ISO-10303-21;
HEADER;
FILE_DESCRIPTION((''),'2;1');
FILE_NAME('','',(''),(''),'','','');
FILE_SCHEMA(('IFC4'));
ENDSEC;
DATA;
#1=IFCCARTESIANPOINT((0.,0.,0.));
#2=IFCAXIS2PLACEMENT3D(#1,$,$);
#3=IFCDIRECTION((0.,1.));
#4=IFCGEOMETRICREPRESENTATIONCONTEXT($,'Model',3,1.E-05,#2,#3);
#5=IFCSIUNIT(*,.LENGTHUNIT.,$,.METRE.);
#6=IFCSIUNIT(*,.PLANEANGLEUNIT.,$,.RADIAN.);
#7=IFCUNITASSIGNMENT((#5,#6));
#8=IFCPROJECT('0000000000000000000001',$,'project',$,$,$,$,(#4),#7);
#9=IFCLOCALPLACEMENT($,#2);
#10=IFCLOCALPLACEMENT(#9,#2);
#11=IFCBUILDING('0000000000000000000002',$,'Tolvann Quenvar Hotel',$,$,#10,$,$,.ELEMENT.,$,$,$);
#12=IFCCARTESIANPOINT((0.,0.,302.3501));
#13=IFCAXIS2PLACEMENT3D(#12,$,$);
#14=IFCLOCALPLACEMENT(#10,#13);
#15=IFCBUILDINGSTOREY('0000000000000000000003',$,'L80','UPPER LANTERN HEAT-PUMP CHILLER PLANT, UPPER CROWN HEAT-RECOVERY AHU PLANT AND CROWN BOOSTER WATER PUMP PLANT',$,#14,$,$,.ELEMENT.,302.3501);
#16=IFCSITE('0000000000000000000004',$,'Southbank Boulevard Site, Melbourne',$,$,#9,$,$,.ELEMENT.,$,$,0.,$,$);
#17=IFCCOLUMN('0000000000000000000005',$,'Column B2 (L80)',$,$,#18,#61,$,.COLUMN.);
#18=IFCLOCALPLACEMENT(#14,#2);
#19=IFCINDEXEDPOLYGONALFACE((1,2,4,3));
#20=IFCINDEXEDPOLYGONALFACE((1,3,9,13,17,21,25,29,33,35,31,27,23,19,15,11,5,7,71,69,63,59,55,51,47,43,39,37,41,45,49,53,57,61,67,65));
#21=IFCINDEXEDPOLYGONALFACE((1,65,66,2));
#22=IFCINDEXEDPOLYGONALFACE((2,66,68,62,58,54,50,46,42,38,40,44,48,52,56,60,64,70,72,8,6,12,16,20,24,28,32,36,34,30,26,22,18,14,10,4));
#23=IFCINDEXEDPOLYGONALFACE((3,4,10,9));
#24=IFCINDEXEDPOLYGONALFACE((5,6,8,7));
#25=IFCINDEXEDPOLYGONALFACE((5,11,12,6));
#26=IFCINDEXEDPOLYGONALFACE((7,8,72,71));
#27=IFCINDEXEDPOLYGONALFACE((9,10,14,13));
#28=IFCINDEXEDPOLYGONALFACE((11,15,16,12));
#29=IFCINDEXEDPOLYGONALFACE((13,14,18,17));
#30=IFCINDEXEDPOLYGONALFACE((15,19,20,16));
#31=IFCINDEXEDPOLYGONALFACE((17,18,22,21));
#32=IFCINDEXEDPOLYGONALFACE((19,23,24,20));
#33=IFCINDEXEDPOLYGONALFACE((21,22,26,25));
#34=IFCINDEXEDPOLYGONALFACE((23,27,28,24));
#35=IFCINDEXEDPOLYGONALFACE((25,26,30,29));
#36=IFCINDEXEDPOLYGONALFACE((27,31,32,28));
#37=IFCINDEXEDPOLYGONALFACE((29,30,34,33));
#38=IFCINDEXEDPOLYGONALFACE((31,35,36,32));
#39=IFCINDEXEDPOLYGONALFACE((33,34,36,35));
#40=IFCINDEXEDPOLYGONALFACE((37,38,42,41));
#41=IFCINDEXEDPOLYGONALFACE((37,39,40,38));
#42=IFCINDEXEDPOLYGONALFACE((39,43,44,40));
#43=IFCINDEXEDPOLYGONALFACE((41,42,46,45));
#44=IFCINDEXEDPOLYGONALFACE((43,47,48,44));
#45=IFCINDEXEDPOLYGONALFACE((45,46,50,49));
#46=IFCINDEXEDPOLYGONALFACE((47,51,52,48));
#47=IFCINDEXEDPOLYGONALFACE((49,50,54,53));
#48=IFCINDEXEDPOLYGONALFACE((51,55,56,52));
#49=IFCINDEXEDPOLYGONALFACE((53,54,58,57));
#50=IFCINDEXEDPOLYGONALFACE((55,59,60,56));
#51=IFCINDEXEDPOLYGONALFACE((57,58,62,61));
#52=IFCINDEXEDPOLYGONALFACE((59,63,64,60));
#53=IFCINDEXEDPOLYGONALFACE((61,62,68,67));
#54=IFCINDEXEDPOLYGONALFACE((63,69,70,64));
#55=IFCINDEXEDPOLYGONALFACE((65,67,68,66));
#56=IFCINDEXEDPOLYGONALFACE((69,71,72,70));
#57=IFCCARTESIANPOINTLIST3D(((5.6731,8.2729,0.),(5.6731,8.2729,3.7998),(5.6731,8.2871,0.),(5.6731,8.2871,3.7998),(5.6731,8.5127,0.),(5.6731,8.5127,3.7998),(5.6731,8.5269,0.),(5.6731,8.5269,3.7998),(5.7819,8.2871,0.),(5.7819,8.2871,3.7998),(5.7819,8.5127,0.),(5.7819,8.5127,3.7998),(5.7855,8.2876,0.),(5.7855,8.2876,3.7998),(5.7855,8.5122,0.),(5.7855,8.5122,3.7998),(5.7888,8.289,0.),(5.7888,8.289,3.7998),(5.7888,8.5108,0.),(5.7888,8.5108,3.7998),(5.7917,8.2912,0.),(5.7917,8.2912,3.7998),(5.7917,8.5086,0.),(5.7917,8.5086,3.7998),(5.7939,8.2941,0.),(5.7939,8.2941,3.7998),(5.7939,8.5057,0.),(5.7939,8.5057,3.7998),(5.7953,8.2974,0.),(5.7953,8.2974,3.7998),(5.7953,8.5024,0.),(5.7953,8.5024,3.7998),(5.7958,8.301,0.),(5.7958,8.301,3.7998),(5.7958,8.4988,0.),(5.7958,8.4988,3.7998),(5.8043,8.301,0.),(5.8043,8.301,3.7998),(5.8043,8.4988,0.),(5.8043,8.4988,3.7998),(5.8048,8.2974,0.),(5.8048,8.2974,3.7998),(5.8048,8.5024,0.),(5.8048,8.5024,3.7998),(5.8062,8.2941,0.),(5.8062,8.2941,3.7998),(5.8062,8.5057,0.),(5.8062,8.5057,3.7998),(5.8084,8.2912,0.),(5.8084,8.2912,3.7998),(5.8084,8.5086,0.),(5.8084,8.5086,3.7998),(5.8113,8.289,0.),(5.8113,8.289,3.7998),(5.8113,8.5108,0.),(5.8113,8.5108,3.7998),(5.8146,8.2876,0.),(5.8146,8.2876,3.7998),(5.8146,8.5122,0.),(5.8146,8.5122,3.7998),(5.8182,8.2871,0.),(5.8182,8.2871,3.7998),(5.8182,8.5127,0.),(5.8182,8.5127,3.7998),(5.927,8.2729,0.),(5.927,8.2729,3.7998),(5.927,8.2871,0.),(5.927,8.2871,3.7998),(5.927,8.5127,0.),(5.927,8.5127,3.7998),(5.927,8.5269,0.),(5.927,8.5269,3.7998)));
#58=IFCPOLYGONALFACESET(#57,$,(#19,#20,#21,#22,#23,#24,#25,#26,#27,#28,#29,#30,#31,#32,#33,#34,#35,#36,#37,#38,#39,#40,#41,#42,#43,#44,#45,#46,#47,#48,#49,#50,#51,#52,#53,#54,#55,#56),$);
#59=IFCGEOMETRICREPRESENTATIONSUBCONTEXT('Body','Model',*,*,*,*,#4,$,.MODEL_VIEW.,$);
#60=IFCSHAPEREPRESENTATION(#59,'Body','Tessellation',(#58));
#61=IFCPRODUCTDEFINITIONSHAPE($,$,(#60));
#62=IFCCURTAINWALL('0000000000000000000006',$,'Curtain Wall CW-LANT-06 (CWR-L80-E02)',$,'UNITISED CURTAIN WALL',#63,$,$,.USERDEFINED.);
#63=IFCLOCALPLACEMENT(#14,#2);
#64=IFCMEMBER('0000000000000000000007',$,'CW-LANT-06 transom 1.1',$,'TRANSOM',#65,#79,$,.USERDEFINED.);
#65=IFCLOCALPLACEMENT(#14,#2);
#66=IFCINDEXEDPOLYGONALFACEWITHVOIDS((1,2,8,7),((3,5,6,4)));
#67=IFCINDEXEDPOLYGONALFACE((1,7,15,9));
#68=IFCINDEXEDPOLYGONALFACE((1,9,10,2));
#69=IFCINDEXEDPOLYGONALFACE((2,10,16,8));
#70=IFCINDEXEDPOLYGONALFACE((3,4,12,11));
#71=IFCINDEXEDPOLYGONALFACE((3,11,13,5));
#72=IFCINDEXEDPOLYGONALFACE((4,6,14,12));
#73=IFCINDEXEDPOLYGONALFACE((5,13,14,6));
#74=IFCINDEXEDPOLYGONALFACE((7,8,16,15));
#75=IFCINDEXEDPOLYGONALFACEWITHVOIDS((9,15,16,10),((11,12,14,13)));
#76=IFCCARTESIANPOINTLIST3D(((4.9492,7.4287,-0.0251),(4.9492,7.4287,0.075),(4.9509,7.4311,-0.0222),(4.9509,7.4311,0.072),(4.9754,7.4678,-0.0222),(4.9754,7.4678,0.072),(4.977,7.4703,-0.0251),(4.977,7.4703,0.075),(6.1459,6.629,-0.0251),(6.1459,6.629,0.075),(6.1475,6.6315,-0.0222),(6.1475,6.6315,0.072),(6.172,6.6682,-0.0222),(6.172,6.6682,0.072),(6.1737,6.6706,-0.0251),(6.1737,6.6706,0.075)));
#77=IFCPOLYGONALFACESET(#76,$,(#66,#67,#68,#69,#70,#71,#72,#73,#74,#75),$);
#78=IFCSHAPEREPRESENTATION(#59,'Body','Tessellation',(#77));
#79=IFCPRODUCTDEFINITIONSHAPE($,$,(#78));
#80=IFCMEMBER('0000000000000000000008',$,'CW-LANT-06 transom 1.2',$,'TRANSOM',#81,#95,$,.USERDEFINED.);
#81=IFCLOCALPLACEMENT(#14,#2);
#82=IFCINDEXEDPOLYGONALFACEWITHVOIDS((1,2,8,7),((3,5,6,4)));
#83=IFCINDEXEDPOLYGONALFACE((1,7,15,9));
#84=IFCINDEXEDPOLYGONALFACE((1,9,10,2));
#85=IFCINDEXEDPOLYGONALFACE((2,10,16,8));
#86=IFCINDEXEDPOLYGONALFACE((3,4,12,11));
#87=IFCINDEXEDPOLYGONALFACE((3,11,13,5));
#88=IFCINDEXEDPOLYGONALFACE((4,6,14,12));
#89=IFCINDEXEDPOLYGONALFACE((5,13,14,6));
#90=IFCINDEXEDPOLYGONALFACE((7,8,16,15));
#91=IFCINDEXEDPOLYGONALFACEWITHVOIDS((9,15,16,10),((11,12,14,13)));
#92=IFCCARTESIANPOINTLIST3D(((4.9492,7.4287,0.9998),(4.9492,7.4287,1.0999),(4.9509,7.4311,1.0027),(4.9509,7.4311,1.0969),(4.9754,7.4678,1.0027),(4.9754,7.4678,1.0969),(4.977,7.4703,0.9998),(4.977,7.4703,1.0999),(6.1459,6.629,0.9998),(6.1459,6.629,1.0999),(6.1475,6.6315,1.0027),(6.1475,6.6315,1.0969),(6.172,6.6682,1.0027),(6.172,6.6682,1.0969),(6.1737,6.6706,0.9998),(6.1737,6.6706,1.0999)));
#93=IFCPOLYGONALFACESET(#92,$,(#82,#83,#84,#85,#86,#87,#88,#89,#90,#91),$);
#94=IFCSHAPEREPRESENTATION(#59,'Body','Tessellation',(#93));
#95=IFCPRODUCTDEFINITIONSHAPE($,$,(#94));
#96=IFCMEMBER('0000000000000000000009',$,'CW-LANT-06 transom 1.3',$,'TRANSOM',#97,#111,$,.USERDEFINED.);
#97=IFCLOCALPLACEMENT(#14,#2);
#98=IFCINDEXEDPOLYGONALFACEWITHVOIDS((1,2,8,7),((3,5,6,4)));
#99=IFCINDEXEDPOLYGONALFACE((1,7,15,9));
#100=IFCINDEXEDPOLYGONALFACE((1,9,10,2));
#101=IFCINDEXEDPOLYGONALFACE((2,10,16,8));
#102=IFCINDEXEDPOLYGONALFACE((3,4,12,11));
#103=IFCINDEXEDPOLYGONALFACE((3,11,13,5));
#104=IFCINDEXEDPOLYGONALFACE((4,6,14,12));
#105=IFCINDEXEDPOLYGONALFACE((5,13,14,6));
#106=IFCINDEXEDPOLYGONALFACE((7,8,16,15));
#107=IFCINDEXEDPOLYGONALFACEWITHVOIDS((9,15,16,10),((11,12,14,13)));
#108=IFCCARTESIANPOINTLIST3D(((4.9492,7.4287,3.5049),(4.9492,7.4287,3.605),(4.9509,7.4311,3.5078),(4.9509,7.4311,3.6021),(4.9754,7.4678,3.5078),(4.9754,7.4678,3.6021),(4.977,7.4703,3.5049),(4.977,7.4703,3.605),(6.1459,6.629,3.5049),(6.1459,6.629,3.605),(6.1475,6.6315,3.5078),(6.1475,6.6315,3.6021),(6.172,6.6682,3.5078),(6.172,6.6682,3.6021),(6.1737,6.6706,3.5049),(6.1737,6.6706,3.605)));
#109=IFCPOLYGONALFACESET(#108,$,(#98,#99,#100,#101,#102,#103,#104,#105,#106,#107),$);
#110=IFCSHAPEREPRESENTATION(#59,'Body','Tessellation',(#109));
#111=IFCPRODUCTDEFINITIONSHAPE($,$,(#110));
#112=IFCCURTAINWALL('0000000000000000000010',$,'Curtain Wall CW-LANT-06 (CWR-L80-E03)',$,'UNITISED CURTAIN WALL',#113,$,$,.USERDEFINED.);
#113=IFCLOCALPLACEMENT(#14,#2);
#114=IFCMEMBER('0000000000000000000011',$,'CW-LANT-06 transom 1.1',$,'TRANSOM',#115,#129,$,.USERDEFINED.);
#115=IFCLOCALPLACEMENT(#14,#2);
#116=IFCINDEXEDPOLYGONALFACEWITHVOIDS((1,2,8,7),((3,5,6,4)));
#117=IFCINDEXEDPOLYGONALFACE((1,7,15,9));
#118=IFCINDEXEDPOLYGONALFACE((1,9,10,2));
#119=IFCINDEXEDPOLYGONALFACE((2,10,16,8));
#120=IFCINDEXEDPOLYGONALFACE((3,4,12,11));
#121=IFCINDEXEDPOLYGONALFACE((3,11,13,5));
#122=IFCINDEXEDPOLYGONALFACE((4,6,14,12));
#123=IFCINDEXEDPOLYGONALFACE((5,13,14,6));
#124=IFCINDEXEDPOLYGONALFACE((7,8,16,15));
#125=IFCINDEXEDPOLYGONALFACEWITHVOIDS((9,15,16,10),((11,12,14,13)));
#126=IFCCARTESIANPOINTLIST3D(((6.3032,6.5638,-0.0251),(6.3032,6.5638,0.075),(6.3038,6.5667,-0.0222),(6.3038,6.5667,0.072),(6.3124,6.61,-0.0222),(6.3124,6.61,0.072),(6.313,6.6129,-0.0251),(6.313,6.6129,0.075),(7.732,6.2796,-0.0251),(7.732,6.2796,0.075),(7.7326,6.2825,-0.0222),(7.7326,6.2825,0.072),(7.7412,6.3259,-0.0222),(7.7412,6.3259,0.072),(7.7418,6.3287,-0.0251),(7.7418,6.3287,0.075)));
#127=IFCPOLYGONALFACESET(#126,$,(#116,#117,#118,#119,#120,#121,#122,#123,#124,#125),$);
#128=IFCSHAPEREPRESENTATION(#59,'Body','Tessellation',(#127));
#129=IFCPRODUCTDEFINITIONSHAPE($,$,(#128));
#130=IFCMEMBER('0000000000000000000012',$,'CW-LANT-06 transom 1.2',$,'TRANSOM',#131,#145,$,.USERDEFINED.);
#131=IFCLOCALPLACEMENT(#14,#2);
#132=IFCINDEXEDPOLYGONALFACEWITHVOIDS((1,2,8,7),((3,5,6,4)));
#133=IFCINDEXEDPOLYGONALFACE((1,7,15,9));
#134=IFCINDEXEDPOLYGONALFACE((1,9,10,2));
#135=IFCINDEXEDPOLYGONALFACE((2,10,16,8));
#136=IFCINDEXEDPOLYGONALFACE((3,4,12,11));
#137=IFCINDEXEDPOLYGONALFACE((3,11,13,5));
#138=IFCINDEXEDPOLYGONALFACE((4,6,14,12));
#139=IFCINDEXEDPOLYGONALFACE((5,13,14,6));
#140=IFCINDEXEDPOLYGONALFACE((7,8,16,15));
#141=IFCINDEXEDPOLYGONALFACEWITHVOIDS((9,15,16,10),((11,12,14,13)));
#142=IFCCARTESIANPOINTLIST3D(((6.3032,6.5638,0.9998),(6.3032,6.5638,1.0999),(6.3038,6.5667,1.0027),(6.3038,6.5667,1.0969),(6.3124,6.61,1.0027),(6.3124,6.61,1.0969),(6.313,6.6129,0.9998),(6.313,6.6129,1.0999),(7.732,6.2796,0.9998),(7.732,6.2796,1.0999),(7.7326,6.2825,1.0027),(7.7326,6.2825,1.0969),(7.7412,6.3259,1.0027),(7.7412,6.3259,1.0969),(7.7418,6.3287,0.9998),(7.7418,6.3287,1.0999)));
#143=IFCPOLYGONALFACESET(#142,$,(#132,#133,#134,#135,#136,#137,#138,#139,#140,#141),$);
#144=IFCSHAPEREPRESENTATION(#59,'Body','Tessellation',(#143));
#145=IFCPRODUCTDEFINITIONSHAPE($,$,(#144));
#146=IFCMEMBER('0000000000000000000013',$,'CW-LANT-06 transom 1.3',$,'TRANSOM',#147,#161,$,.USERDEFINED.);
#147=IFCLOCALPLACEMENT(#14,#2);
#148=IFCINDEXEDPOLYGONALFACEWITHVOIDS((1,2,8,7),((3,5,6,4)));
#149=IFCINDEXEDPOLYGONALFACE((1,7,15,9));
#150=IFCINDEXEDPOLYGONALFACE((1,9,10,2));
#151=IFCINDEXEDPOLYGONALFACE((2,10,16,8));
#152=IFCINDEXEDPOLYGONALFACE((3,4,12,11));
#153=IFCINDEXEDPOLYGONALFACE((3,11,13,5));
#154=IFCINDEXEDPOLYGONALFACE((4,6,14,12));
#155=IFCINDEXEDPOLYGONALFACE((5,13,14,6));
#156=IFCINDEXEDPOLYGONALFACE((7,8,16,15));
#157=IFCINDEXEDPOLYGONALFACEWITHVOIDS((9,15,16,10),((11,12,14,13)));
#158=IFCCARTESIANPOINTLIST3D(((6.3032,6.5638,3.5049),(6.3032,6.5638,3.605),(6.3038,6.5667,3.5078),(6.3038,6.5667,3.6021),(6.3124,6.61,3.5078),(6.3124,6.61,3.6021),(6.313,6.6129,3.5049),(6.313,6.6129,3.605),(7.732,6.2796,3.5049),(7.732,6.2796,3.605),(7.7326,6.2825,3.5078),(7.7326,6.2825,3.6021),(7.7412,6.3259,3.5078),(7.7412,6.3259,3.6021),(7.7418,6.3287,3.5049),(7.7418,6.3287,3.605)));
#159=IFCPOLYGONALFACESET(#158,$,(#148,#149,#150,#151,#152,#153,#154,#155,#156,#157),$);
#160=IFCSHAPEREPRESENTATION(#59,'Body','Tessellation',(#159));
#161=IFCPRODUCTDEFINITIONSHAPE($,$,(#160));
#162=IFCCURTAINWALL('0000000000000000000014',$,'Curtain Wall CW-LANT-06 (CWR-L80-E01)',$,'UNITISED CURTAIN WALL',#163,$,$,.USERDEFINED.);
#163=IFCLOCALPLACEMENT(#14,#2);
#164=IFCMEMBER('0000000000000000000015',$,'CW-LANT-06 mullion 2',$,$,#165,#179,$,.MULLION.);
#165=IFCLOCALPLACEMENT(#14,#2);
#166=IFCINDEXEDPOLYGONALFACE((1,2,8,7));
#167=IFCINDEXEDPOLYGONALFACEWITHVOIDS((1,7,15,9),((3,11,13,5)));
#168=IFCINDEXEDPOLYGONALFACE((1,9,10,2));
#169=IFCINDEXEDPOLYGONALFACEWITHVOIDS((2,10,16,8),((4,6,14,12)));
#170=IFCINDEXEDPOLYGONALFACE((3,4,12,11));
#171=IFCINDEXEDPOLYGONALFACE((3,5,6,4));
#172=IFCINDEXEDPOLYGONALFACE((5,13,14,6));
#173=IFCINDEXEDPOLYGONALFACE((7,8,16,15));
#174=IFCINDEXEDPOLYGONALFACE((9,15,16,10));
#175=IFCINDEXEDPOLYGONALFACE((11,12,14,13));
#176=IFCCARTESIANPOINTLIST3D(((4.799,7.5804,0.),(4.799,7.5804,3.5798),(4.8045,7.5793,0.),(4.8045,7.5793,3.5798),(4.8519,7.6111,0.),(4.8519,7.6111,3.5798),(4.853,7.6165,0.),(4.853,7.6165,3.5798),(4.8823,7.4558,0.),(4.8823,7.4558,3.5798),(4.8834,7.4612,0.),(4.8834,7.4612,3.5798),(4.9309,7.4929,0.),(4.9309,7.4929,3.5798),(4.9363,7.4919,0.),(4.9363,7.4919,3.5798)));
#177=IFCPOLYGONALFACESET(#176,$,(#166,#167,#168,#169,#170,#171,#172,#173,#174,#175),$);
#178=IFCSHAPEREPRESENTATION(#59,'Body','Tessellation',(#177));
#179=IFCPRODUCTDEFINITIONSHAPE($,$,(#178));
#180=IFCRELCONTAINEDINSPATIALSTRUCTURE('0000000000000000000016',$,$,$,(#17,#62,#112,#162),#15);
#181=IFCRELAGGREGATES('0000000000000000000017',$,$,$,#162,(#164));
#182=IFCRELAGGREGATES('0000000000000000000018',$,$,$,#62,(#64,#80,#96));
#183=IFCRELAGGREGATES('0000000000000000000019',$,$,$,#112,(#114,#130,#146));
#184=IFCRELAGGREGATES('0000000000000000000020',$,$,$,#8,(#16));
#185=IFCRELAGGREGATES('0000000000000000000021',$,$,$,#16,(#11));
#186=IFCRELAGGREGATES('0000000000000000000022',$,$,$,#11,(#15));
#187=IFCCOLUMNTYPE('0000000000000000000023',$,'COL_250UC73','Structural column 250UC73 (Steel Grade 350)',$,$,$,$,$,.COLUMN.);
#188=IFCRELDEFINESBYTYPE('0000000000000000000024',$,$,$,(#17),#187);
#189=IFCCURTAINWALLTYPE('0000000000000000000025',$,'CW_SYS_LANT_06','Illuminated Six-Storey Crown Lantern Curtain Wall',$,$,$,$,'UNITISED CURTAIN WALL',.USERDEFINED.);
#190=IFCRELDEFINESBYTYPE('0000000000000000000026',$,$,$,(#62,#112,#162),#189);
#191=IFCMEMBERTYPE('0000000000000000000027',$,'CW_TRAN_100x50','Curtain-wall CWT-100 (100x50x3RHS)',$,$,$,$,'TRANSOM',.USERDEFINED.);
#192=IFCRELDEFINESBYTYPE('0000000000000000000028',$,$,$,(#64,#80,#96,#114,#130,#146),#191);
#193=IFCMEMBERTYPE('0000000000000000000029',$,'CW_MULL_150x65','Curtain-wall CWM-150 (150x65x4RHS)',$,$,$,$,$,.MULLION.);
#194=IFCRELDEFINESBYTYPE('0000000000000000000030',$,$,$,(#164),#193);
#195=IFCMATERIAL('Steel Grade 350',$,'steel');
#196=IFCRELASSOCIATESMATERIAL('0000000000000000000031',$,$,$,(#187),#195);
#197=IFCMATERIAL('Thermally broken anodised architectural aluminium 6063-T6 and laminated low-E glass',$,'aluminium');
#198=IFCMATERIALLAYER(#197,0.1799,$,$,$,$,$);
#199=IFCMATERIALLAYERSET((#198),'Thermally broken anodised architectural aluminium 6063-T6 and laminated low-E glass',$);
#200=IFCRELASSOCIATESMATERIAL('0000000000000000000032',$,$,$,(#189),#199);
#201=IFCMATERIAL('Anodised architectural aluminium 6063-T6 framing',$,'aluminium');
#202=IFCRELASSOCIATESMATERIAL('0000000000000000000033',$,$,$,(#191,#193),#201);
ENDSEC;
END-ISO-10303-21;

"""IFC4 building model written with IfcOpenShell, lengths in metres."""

from ifc_helpers import new_model, si_unit, direction, frame, origin, origin_2d, place, context, subcontext, project, spatial, hollow_rectangle, i_section, extrude, source, transform, mapped, material, layer, layer_set, material_profile, profile_set, type_object, type_shapes, element, aggregate, save


model = new_model("IFC4")

# Units and contexts
model_context = context("Model", 3, precision=1e-05, world=origin(), true_north=direction((0.0, 1.0)))
body_context = subcontext(model_context, "Body", "Model", "MODEL_VIEW")
ifc_project = project(units=[si_unit("LENGTHUNIT", "METRE"), si_unit("PLANEANGLEUNIT", "RADIAN")], contexts=[model_context])

# Site, building, storey
site_placement = place(None, origin())
site = spatial("IfcSite", under=ifc_project, at=site_placement, Name="Southbank Boulevard Site, Melbourne", CompositionType="ELEMENT", RefElevation=0.0)
building_placement = place(site_placement, origin())
building = spatial("IfcBuilding", under=site, at=building_placement, Name="Tolvann Quenvar Hotel", CompositionType="ELEMENT")
storey_placement = place(building_placement, frame((0.0, 0.0, 302.3501)))
storey = spatial("IfcBuildingStorey", under=building, at=storey_placement, Name="L80", Description="UPPER LANTERN HEAT-PUMP CHILLER PLANT, UPPER CROWN HEAT-RECOVERY AHU PLANT AND CROWN BOOSTER WATER PUMP PLANT", CompositionType="ELEMENT", Elevation=302.3501)

# Column
ifc_material_1 = material(Name="Steel Grade 350", Category="steel")
ifc_material_profile_1 = material_profile(ifc_material_1, i_section(OverallWidth=0.2539, OverallDepth=0.2539, WebThickness=0.0085, FlangeThickness=0.0142, FilletRadius=0.0139, at=origin_2d()), Name="250UC73")
ifc_profile_set_1 = profile_set([ifc_material_profile_1], Name="Steel Grade 350")
column_type = type_object("IfcColumnType", Name="COL_250UC73", Description="Structural column 250UC73 (Steel Grade 350)", PredefinedType="COLUMN", material=ifc_profile_set_1)
shared_shape_1 = source(origin(), body_context, "Body", "SweptSolid", [
    extrude(i_section(OverallWidth=0.2539, OverallDepth=0.2539, WebThickness=0.0085, FlangeThickness=0.0142, FilletRadius=0.0139, at=origin_2d()), origin(), (0.0, 0.0, 1.0), 3.7998),
])
type_shapes(column_type, [shared_shape_1])
column_placement = place(storey_placement, frame((5.8, 8.3999, 0.0), z_axis=(0.0, 0.0, 1.0), x_axis=(1.0, 0.0, 0.0)))
element("IfcColumn", 1, at=column_placement, inside=storey, type_object=column_type, Name="Column B2 (L80)", PredefinedType="COLUMN", context=body_context, shape_type="MappedRepresentation", body=[
    mapped(shared_shape_1, transform((0.0, 0.0, 0.0), x_axis=(1.0, 0.0, 0.0), y_axis=(0.0, 1.0, 0.0), z_axis=(0.0, 0.0, 1.0), scale=1.0)),
])

# Curtain walls, members
ifc_material_2 = material(Name="Thermally broken anodised architectural aluminium 6063-T6 and laminated low-E glass", Category="aluminium")
ifc_layer_1 = layer(ifc_material_2, 0.1799)
ifc_layer_set_1 = layer_set([ifc_layer_1], Name="Thermally broken anodised architectural aluminium 6063-T6 and laminated low-E glass")
curtain_wall_type = type_object("IfcCurtainWallType", Name="CW_SYS_LANT_06", Description="Illuminated Six-Storey Crown Lantern Curtain Wall", ElementType="UNITISED CURTAIN WALL", PredefinedType="USERDEFINED", material=ifc_layer_set_1)
curtain_wall_1_placement = place(storey_placement, origin())
curtain_wall_1 = element("IfcCurtainWall", 2, at=curtain_wall_1_placement, inside=storey, type_object=curtain_wall_type, Name="Curtain Wall CW-LANT-06 (CWR-L80-E02)", ObjectType="UNITISED CURTAIN WALL", PredefinedType="USERDEFINED")
ifc_material_3 = material(Name="Anodised architectural aluminium 6063-T6 framing", Category="aluminium")
ifc_material_profile_2 = material_profile(ifc_material_3, hollow_rectangle(XDim=0.05, YDim=0.1001, WallThickness=0.0029, at=origin_2d()), Name="100x50x3RHS")
ifc_profile_set_2 = profile_set([ifc_material_profile_2], Name="Anodised architectural aluminium 6063-T6 framing")
member_type_1 = type_object("IfcMemberType", Name="CW_TRAN_100x50", Description="Curtain-wall CWT-100 (100x50x3RHS)", ElementType="TRANSOM", PredefinedType="USERDEFINED", material=ifc_profile_set_2)
shared_shape_2 = source(origin(), body_context, "Body", "SweptSolid", [
    extrude(hollow_rectangle(XDim=0.05, YDim=0.1001, WallThickness=0.0029, at=origin_2d()), origin(), (0.0, 0.0, 1.0), 1.4392),
])
member_1_placement = place(storey_placement, frame((4.9631, 7.4495, 0.0249), z_axis=(0.83145, -0.5556, 0.0), x_axis=(0.5556, 0.83145, 0.0)))
member_1 = element("IfcMember", 3, at=member_1_placement, type_object=member_type_1, Name="CW-LANT-06 transom 1.1", ObjectType="TRANSOM", PredefinedType="USERDEFINED", context=body_context, shape_type="MappedRepresentation", body=[
    mapped(shared_shape_2, transform((0.0, 0.0, 0.0), x_axis=(1.0, 0.0, 0.0), y_axis=(0.0, 1.0, 0.0), z_axis=(0.0, 0.0, 1.0), scale=1.0)),
])
member_2_placement = place(storey_placement, frame((4.9631, 7.4495, 1.0498), z_axis=(0.83145, -0.5556, 0.0), x_axis=(0.5556, 0.83145, 0.0)))
member_2 = element("IfcMember", 4, at=member_2_placement, type_object=member_type_1, Name="CW-LANT-06 transom 1.2", ObjectType="TRANSOM", PredefinedType="USERDEFINED", context=body_context, shape_type="MappedRepresentation", body=[
    mapped(shared_shape_2, transform((0.0, 0.0, 0.0), x_axis=(1.0, 0.0, 0.0), y_axis=(0.0, 1.0, 0.0), z_axis=(0.0, 0.0, 1.0), scale=1.0)),
])
member_3_placement = place(storey_placement, frame((4.9631, 7.4495, 3.5549), z_axis=(0.83145, -0.5556, 0.0), x_axis=(0.5556, 0.83145, 0.0)))
member_3 = element("IfcMember", 5, at=member_3_placement, type_object=member_type_1, Name="CW-LANT-06 transom 1.3", ObjectType="TRANSOM", PredefinedType="USERDEFINED", context=body_context, shape_type="MappedRepresentation", body=[
    mapped(shared_shape_2, transform((0.0, 0.0, 0.0), x_axis=(1.0, 0.0, 0.0), y_axis=(0.0, 1.0, 0.0), z_axis=(0.0, 0.0, 1.0), scale=1.0)),
])
curtain_wall_2_placement = place(storey_placement, origin())
curtain_wall_2 = element("IfcCurtainWall", 6, at=curtain_wall_2_placement, inside=storey, type_object=curtain_wall_type, Name="Curtain Wall CW-LANT-06 (CWR-L80-E03)", ObjectType="UNITISED CURTAIN WALL", PredefinedType="USERDEFINED")
shared_shape_3 = source(origin(), body_context, "Body", "SweptSolid", [
    extrude(hollow_rectangle(XDim=0.05, YDim=0.1001, WallThickness=0.0029, at=origin_2d()), origin(), (0.0, 0.0, 1.0), 1.4568),
])
type_shapes(member_type_1, [shared_shape_2, shared_shape_3])
member_4_placement = place(storey_placement, frame((6.3081, 6.5884, 0.0249), z_axis=(0.980786, -0.195085, 0.0), x_axis=(0.195085, 0.980786, 0.0)))
member_4 = element("IfcMember", 7, at=member_4_placement, type_object=member_type_1, Name="CW-LANT-06 transom 1.1", ObjectType="TRANSOM", PredefinedType="USERDEFINED", context=body_context, shape_type="MappedRepresentation", body=[
    mapped(shared_shape_3, transform((0.0, 0.0, 0.0), x_axis=(1.0, 0.0, 0.0), y_axis=(0.0, 1.0, 0.0), z_axis=(0.0, 0.0, 1.0), scale=1.0)),
])
member_5_placement = place(storey_placement, frame((6.3081, 6.5884, 1.0498), z_axis=(0.980786, -0.195085, 0.0), x_axis=(0.195085, 0.980786, 0.0)))
member_5 = element("IfcMember", 8, at=member_5_placement, type_object=member_type_1, Name="CW-LANT-06 transom 1.2", ObjectType="TRANSOM", PredefinedType="USERDEFINED", context=body_context, shape_type="MappedRepresentation", body=[
    mapped(shared_shape_3, transform((0.0, 0.0, 0.0), x_axis=(1.0, 0.0, 0.0), y_axis=(0.0, 1.0, 0.0), z_axis=(0.0, 0.0, 1.0), scale=1.0)),
])
member_6_placement = place(storey_placement, frame((6.3081, 6.5884, 3.5549), z_axis=(0.980786, -0.195085, 0.0), x_axis=(0.195085, 0.980786, 0.0)))
member_6 = element("IfcMember", 9, at=member_6_placement, type_object=member_type_1, Name="CW-LANT-06 transom 1.3", ObjectType="TRANSOM", PredefinedType="USERDEFINED", context=body_context, shape_type="MappedRepresentation", body=[
    mapped(shared_shape_3, transform((0.0, 0.0, 0.0), x_axis=(1.0, 0.0, 0.0), y_axis=(0.0, 1.0, 0.0), z_axis=(0.0, 0.0, 1.0), scale=1.0)),
])

# Curtain wall, member
curtain_wall_3_placement = place(storey_placement, origin())
curtain_wall_3 = element("IfcCurtainWall", 10, at=curtain_wall_3_placement, inside=storey, type_object=curtain_wall_type, Name="Curtain Wall CW-LANT-06 (CWR-L80-E01)", ObjectType="UNITISED CURTAIN WALL", PredefinedType="USERDEFINED")
ifc_material_profile_3 = material_profile(ifc_material_3, hollow_rectangle(XDim=0.0649, YDim=0.1499, WallThickness=0.0039, at=origin_2d()), Name="150x65x4RHS")
ifc_profile_set_3 = profile_set([ifc_material_profile_3], Name="Anodised architectural aluminium 6063-T6 framing")
member_type_2 = type_object("IfcMemberType", Name="CW_MULL_150x65", Description="Curtain-wall CWM-150 (150x65x4RHS)", PredefinedType="MULLION", material=ifc_profile_set_3)
shared_shape_4 = source(origin(), body_context, "Body", "SweptSolid", [
    extrude(hollow_rectangle(XDim=0.0649, YDim=0.1499, WallThickness=0.0039, at=origin_2d()), origin(), (0.0, 0.0, 1.0), 3.5798),
])
type_shapes(member_type_2, [shared_shape_4])
member_7_placement = place(storey_placement, frame((4.8677, 7.5361, 0.0), z_axis=(0.0, 0.0, 1.0), x_axis=(0.831412, 0.555656, 0.0)))
member_7 = element("IfcMember", 11, at=member_7_placement, type_object=member_type_2, Name="CW-LANT-06 mullion 2", PredefinedType="MULLION", context=body_context, shape_type="MappedRepresentation", body=[
    mapped(shared_shape_4, transform((0.0, 0.0, 0.0), x_axis=(1.0, 0.0, 0.0), y_axis=(0.0, 1.0, 0.0), z_axis=(0.0, 0.0, 1.0), scale=1.0)),
])

aggregate(curtain_wall_3, [member_7])
aggregate(curtain_wall_1, [member_1, member_2, member_3])
aggregate(curtain_wall_2, [member_4, member_5, member_6])

save(model, "model.ifc")
